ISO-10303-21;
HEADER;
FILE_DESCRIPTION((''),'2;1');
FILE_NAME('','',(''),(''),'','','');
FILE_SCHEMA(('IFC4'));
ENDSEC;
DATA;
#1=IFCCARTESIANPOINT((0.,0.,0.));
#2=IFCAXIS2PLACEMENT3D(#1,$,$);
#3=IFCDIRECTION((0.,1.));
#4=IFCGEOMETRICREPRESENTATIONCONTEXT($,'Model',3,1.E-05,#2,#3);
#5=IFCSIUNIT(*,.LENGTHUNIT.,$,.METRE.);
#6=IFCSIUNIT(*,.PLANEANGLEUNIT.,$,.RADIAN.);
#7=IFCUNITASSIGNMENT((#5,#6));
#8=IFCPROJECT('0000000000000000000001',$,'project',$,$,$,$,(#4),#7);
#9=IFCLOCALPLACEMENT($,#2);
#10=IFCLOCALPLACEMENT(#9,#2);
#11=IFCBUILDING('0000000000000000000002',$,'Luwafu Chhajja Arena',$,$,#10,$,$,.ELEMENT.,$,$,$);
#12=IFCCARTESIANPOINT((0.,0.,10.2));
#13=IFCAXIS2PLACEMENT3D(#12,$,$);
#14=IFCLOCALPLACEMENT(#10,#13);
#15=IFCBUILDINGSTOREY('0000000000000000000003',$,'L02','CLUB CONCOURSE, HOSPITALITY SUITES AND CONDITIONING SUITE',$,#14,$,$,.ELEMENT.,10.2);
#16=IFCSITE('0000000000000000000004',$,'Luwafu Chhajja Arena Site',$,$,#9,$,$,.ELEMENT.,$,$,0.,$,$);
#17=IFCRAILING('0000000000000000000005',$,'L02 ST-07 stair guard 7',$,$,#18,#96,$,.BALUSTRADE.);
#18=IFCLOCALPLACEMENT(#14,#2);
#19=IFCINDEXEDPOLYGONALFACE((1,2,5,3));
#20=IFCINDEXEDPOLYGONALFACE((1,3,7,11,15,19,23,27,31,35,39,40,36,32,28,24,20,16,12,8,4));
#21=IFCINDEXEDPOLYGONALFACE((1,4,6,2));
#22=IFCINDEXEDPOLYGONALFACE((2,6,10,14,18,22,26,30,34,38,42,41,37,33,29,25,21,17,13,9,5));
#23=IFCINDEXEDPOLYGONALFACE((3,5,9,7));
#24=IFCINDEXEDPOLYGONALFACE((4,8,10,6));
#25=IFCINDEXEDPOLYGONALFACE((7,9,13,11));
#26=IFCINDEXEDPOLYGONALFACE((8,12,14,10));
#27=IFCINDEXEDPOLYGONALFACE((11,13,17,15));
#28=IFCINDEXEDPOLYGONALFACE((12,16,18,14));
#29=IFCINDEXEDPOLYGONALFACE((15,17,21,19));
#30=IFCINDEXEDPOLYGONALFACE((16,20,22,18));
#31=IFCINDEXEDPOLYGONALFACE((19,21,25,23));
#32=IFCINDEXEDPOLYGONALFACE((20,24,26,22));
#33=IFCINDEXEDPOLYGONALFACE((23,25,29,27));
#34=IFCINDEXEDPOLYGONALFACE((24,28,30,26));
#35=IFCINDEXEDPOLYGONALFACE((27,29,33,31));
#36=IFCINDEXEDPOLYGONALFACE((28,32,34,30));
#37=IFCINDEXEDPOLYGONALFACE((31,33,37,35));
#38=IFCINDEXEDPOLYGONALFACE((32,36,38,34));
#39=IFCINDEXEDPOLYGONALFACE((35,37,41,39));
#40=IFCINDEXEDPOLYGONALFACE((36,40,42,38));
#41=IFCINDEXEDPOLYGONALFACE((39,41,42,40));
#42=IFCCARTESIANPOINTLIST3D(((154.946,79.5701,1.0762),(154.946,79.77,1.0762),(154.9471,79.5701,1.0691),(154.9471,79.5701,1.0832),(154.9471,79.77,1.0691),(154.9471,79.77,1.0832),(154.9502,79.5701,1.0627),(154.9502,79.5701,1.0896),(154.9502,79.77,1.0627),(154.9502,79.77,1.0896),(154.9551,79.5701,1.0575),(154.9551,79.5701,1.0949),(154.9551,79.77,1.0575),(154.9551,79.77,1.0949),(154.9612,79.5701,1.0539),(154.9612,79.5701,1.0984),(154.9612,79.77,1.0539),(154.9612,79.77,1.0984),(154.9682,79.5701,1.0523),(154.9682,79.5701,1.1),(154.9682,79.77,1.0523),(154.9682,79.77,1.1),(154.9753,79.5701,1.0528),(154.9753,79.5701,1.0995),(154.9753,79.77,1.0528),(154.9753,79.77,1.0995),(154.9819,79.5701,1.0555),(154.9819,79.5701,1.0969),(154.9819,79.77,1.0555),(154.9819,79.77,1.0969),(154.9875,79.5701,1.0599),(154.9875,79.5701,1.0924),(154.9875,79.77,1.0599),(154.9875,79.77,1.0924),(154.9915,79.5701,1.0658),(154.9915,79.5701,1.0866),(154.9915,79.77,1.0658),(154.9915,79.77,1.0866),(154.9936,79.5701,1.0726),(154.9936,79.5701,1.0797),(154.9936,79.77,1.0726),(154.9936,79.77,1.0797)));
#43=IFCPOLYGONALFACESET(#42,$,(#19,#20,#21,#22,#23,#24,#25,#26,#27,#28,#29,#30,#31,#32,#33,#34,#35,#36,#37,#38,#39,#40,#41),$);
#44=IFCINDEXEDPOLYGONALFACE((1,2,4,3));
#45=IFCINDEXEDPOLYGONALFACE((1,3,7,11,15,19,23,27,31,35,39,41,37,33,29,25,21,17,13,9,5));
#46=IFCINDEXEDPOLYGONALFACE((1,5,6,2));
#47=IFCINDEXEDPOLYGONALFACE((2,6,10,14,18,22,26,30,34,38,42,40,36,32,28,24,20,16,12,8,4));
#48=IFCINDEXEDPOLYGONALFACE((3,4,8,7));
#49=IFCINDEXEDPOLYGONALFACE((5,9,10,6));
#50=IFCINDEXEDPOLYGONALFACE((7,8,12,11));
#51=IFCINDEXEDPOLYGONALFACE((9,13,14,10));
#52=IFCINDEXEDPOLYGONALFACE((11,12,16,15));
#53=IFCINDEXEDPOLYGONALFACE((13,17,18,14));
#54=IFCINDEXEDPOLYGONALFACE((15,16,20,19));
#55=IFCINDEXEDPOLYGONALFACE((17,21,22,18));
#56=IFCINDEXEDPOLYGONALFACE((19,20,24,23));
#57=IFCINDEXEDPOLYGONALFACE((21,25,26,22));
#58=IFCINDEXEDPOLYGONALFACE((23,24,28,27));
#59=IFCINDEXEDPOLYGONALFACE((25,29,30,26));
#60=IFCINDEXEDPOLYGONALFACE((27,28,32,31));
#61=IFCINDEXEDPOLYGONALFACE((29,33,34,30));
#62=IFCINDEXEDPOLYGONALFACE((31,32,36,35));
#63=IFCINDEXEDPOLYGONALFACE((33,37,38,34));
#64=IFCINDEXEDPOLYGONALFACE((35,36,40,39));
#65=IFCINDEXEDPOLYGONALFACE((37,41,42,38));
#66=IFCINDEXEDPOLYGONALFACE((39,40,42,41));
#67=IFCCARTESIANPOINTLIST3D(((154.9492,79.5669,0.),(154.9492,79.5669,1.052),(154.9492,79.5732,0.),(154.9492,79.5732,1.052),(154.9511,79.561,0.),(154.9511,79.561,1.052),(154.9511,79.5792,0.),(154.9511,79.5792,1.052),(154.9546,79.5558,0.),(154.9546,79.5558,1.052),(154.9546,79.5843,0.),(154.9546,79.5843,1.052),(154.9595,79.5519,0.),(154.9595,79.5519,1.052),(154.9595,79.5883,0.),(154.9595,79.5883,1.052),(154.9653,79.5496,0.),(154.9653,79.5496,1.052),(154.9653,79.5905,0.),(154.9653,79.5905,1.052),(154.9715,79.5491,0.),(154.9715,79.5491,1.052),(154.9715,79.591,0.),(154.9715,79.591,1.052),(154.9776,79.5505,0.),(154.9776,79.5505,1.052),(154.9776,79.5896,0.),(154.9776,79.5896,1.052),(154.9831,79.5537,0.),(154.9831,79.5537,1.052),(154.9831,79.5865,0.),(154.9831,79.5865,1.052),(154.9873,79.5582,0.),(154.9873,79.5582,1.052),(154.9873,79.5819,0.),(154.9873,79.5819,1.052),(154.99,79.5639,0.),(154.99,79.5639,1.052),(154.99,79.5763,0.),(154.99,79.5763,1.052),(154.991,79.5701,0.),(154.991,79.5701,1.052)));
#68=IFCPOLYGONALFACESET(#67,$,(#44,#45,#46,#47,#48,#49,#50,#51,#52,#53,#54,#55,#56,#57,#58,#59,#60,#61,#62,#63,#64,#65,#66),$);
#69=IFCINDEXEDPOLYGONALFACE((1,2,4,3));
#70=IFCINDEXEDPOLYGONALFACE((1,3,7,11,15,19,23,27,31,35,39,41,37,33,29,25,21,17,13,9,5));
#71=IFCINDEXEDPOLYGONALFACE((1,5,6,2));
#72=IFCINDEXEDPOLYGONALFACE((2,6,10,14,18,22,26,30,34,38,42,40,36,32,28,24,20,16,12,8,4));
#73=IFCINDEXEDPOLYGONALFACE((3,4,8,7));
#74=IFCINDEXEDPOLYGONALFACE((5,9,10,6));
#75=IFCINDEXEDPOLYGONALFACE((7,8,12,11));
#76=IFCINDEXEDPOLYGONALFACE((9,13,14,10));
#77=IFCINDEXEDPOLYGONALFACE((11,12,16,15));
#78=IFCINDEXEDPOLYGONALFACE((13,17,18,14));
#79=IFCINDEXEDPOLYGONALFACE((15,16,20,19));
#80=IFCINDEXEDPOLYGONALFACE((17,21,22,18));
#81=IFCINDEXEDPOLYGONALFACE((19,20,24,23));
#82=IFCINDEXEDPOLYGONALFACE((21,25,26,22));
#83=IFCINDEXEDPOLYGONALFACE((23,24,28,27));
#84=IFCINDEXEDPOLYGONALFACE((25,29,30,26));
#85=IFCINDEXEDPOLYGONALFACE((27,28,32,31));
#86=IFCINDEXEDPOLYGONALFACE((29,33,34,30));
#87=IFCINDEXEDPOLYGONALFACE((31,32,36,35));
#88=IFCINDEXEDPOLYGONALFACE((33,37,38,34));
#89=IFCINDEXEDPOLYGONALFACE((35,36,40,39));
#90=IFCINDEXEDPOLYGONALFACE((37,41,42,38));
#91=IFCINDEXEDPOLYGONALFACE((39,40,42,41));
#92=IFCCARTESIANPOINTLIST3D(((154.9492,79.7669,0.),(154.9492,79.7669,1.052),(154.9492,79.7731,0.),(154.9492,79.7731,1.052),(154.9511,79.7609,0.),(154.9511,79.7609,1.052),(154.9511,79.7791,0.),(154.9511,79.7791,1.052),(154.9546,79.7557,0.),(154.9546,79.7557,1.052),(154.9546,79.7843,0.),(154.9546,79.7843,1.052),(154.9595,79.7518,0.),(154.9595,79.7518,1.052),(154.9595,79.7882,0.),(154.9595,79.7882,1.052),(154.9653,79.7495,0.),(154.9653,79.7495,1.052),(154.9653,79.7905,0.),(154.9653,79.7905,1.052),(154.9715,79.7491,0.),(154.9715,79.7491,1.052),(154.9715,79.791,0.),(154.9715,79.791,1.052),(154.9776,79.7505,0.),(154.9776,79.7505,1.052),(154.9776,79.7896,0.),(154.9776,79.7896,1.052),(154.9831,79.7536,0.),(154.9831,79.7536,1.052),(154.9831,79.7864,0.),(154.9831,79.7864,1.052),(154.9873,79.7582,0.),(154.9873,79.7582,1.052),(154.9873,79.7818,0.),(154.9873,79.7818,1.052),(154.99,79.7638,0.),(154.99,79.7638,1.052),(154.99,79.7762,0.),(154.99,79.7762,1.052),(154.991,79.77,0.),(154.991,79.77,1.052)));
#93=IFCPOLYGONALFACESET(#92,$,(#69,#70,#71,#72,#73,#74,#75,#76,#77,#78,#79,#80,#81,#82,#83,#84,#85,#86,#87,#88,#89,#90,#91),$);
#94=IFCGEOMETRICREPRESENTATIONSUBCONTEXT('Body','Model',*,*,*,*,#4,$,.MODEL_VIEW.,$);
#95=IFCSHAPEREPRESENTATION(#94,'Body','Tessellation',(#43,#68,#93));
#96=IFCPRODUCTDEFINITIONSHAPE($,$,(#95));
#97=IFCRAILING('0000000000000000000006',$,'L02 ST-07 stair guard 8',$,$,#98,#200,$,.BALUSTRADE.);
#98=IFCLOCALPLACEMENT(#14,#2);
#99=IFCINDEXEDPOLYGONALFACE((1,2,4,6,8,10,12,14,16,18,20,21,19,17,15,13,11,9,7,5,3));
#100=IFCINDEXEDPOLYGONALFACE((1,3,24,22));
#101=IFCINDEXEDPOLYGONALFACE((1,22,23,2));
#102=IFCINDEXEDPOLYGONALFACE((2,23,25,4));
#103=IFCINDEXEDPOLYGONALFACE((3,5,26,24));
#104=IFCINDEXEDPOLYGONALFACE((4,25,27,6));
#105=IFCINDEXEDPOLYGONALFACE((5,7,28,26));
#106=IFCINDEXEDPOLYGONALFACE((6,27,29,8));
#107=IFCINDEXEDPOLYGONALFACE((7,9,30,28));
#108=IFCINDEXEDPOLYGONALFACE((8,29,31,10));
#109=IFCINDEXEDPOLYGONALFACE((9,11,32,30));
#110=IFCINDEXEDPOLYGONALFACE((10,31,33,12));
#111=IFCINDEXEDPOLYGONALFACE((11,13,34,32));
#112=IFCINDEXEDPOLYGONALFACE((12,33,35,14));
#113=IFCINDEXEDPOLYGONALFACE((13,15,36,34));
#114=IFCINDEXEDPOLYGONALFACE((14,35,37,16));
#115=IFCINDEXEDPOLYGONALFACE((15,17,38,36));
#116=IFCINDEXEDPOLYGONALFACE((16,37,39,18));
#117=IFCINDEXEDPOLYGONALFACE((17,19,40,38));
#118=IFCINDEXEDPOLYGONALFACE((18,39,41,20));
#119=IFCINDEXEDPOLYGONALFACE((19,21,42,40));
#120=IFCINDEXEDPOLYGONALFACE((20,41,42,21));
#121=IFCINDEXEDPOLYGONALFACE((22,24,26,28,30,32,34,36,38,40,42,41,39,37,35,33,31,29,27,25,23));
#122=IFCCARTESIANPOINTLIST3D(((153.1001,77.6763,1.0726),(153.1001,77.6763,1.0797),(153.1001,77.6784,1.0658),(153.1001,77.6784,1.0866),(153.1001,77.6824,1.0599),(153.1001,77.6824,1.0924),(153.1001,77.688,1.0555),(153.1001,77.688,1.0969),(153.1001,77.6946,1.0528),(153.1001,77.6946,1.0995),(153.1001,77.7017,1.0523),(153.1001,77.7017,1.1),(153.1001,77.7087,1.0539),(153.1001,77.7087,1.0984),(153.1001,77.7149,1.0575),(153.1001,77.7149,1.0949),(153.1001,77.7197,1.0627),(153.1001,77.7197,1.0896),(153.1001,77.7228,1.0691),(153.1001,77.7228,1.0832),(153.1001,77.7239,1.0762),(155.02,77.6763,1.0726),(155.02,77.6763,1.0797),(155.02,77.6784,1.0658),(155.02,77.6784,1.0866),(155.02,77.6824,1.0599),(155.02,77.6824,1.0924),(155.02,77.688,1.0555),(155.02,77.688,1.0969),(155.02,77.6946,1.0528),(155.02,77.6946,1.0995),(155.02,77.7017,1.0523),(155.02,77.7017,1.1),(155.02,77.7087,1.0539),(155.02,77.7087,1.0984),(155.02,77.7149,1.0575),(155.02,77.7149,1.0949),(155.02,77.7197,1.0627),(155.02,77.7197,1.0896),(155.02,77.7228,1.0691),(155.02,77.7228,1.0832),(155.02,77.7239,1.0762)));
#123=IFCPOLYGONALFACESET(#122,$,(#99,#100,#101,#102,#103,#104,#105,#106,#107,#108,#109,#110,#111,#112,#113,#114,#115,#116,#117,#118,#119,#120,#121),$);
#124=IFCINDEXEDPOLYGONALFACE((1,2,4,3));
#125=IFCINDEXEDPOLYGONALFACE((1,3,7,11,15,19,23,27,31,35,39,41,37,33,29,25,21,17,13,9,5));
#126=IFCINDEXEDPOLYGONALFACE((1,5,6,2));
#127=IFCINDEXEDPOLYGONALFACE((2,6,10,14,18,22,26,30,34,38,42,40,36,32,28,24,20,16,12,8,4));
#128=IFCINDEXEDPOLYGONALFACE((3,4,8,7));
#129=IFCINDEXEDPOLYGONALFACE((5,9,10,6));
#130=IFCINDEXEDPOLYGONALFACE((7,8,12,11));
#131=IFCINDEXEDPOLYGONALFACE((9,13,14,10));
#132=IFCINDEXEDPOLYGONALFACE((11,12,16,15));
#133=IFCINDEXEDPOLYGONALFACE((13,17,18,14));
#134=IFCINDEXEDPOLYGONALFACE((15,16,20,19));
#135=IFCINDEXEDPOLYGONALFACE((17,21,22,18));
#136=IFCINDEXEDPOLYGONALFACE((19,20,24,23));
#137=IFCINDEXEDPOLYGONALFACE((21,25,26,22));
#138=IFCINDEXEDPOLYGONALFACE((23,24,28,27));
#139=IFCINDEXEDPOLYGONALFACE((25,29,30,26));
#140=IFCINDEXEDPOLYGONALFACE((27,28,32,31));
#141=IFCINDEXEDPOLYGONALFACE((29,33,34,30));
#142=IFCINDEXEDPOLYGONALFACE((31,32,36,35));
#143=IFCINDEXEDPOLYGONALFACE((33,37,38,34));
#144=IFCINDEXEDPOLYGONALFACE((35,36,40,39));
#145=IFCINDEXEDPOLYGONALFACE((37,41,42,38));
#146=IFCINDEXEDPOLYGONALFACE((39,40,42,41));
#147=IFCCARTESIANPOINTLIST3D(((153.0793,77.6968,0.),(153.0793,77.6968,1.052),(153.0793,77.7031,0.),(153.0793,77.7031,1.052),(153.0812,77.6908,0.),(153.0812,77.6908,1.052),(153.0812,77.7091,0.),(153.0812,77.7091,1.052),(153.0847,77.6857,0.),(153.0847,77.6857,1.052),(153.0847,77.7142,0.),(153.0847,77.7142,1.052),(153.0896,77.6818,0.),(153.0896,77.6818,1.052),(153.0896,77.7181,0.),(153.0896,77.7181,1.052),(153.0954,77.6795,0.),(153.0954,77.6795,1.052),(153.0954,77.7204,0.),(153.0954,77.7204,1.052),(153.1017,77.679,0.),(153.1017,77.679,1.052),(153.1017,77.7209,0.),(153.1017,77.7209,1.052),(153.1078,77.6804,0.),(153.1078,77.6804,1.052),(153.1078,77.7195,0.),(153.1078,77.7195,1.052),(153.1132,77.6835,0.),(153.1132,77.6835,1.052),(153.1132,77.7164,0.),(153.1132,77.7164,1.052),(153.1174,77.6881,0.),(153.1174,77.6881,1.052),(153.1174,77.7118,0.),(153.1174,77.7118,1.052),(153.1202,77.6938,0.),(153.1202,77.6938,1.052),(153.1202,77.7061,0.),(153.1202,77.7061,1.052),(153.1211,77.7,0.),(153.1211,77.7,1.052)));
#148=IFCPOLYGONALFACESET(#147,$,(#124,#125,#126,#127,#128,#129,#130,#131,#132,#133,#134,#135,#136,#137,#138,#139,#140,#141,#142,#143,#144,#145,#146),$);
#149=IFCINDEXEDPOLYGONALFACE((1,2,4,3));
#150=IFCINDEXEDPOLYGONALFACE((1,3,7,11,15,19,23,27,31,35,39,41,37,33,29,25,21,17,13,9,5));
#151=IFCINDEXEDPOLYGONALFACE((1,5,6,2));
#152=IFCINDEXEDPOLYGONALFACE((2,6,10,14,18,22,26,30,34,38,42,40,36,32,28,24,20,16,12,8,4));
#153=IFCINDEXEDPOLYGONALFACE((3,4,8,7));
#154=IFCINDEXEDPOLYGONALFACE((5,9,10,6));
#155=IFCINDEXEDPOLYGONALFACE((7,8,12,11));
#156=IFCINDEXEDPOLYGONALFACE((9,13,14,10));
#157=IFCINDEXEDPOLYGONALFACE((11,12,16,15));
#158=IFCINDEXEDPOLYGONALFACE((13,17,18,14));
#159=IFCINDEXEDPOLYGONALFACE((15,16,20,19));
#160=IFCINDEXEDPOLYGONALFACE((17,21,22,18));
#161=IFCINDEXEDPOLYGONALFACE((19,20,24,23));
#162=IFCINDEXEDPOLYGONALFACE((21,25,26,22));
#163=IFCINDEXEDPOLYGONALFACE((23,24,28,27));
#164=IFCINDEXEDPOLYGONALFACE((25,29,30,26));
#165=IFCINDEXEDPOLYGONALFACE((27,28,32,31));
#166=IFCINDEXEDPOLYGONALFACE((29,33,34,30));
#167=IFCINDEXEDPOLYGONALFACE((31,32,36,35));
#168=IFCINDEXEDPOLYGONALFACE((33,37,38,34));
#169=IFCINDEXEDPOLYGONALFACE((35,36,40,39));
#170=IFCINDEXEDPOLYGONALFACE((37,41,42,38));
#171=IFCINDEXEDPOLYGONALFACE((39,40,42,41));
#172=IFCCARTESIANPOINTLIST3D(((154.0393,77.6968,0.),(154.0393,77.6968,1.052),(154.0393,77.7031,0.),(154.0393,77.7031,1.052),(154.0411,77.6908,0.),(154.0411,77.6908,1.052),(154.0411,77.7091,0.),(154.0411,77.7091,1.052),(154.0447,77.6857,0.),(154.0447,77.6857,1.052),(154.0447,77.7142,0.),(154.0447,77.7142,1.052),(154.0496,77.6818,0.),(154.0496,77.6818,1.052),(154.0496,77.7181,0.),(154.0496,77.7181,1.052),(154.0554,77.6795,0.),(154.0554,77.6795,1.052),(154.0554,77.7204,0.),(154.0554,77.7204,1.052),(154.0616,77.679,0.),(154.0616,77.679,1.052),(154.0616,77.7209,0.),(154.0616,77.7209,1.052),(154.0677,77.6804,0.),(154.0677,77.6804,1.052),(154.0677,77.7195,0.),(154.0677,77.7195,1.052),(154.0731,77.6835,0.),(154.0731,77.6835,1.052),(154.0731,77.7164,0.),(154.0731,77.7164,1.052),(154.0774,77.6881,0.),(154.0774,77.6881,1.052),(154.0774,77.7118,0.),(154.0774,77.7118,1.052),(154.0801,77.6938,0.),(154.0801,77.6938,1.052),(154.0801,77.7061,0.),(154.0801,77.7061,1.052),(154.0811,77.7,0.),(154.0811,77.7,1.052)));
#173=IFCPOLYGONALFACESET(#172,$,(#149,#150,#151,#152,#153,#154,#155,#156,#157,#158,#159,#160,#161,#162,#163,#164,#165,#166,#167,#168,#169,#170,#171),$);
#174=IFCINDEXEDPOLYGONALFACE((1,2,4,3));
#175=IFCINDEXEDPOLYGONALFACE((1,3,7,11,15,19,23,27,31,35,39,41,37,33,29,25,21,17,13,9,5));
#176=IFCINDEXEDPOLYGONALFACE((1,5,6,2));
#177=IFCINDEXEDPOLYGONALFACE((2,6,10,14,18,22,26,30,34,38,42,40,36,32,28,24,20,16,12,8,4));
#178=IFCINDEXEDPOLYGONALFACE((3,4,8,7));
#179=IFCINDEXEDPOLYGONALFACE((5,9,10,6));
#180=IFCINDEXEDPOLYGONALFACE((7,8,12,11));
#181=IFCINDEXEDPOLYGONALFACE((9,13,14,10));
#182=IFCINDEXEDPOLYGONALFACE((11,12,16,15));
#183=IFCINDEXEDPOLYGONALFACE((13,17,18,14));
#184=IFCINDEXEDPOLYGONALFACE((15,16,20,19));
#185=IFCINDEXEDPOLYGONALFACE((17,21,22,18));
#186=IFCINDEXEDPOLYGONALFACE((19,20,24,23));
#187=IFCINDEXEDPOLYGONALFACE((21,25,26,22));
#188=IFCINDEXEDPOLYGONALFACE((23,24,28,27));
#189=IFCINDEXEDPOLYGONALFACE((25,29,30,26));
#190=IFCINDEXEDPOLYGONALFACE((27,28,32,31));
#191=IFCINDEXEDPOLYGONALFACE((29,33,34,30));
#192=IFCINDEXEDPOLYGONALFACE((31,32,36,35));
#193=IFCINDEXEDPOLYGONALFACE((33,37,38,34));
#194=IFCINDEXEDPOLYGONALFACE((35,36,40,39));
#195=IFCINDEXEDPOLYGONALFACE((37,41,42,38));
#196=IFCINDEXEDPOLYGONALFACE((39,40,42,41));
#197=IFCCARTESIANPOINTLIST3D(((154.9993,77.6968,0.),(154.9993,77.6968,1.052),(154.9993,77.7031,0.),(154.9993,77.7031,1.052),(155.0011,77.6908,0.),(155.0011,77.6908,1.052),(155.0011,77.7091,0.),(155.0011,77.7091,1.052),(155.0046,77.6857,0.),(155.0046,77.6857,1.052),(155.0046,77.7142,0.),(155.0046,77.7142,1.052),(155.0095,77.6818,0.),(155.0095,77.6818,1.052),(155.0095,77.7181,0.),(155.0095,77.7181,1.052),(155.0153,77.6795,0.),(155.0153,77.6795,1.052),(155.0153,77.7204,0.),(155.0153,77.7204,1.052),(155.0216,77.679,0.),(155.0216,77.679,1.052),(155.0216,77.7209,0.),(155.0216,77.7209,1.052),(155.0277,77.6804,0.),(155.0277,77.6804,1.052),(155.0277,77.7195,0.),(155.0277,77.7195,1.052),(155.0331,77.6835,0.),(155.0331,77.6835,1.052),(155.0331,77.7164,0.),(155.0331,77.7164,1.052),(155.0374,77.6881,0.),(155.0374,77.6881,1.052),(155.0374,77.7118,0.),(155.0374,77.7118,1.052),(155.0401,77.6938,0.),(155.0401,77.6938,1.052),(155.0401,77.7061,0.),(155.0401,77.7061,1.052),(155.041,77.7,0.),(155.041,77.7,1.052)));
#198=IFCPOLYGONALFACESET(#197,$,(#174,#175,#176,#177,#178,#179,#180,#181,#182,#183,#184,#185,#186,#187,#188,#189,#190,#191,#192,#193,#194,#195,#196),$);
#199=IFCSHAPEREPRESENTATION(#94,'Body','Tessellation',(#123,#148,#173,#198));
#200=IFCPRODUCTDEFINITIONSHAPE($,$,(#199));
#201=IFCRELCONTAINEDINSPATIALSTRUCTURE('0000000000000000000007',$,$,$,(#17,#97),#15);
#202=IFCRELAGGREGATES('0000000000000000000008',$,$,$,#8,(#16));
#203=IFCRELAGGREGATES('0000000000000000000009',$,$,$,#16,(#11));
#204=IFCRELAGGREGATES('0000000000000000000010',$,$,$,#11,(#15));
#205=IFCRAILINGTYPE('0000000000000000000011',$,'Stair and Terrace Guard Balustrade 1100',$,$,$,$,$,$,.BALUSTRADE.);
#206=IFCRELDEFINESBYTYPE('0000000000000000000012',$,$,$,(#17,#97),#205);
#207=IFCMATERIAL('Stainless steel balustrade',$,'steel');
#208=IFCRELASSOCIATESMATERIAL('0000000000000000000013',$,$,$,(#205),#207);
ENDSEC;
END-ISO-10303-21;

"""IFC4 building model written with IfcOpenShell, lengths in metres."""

from ifc_helpers import new_model, si_unit, direction, frame, origin, origin_2d, place, context, subcontext, project, spatial, circle, extrude, material, type_object, element, save


model = new_model("IFC4")

# Units and contexts
model_context = context("Model", 3, precision=1e-05, world=origin(), true_north=direction((0.0, 1.0)))
body_context = subcontext(model_context, "Body", "Model", "MODEL_VIEW")
ifc_project = project(units=[si_unit("LENGTHUNIT", "METRE"), si_unit("PLANEANGLEUNIT", "RADIAN")], contexts=[model_context])

# Site, building, storey
site_placement = place(None, origin())
site = spatial("IfcSite", under=ifc_project, at=site_placement, Name="Luwafu Chhajja Arena Site", CompositionType="ELEMENT", RefElevation=0.0)
building_placement = place(site_placement, origin())
building = spatial("IfcBuilding", under=site, at=building_placement, Name="Luwafu Chhajja Arena", CompositionType="ELEMENT")
storey_placement = place(building_placement, frame((0.0, 0.0, 10.2)))
storey = spatial("IfcBuildingStorey", under=building, at=storey_placement, Name="L02", Description="CLUB CONCOURSE, HOSPITALITY SUITES AND CONDITIONING SUITE", CompositionType="ELEMENT", Elevation=10.2)

# Railings
ifc_material_1 = material(Name="Stainless steel balustrade", Category="steel")
railing_type_1 = type_object("IfcRailingType", Name="Stair and Terrace Guard Balustrade 1100", PredefinedType="BALUSTRADE", material=ifc_material_1)
railing_1_placement = place(storey_placement, frame((154.97, 79.5701, 0.0)))
element("IfcRailing", 1, at=railing_1_placement, inside=storey, type_object=railing_type_1, Name="L02 ST-07 stair guard 7", PredefinedType="BALUSTRADE", context=body_context, shape_type="SweptSolid", body=[
    extrude(circle(Radius=0.0239, at=origin_2d()), frame((0.0, 0.0, 1.0762), z_axis=(0.0, 1.0, 0.0), x_axis=(-1.0, 0.0, 0.0)), (0.0, 0.0, 1.0), 0.2),
    extrude(circle(Radius=0.021, at=origin_2d()), origin(), (0.0, 0.0, 1.0), 1.052),
    extrude(circle(Radius=0.021, at=origin_2d()), frame((0.0, 0.2, 0.0)), (0.0, 0.0, 1.0), 1.052),
])
for number, where, name in (
    (2, (153.1001, 77.7, 0.0), "L02 ST-07 stair guard 8"),
):
    element("IfcRailing", number, at=place(storey_placement, frame(where)), inside=storey, type_object=railing_type_1, Name=name, PredefinedType="BALUSTRADE", context=body_context, shape_type="SweptSolid", body=[
        extrude(circle(Radius=0.0239, at=origin_2d()), frame((0.0, 0.0, 1.0762), z_axis=(1.0, 0.0, 0.0), x_axis=(0.0, 1.0, 0.0)), (0.0, 0.0, 1.0), 1.9199),
        extrude(circle(Radius=0.021, at=origin_2d()), origin(), (0.0, 0.0, 1.0), 1.052),
        extrude(circle(Radius=0.021, at=origin_2d()), frame((0.96, 0.0, 0.0)), (0.0, 0.0, 1.0), 1.052),
        extrude(circle(Radius=0.021, at=origin_2d()), frame((1.9199, 0.0, 0.0)), (0.0, 0.0, 1.0), 1.052),
    ])

save(model, "model.ifc")
